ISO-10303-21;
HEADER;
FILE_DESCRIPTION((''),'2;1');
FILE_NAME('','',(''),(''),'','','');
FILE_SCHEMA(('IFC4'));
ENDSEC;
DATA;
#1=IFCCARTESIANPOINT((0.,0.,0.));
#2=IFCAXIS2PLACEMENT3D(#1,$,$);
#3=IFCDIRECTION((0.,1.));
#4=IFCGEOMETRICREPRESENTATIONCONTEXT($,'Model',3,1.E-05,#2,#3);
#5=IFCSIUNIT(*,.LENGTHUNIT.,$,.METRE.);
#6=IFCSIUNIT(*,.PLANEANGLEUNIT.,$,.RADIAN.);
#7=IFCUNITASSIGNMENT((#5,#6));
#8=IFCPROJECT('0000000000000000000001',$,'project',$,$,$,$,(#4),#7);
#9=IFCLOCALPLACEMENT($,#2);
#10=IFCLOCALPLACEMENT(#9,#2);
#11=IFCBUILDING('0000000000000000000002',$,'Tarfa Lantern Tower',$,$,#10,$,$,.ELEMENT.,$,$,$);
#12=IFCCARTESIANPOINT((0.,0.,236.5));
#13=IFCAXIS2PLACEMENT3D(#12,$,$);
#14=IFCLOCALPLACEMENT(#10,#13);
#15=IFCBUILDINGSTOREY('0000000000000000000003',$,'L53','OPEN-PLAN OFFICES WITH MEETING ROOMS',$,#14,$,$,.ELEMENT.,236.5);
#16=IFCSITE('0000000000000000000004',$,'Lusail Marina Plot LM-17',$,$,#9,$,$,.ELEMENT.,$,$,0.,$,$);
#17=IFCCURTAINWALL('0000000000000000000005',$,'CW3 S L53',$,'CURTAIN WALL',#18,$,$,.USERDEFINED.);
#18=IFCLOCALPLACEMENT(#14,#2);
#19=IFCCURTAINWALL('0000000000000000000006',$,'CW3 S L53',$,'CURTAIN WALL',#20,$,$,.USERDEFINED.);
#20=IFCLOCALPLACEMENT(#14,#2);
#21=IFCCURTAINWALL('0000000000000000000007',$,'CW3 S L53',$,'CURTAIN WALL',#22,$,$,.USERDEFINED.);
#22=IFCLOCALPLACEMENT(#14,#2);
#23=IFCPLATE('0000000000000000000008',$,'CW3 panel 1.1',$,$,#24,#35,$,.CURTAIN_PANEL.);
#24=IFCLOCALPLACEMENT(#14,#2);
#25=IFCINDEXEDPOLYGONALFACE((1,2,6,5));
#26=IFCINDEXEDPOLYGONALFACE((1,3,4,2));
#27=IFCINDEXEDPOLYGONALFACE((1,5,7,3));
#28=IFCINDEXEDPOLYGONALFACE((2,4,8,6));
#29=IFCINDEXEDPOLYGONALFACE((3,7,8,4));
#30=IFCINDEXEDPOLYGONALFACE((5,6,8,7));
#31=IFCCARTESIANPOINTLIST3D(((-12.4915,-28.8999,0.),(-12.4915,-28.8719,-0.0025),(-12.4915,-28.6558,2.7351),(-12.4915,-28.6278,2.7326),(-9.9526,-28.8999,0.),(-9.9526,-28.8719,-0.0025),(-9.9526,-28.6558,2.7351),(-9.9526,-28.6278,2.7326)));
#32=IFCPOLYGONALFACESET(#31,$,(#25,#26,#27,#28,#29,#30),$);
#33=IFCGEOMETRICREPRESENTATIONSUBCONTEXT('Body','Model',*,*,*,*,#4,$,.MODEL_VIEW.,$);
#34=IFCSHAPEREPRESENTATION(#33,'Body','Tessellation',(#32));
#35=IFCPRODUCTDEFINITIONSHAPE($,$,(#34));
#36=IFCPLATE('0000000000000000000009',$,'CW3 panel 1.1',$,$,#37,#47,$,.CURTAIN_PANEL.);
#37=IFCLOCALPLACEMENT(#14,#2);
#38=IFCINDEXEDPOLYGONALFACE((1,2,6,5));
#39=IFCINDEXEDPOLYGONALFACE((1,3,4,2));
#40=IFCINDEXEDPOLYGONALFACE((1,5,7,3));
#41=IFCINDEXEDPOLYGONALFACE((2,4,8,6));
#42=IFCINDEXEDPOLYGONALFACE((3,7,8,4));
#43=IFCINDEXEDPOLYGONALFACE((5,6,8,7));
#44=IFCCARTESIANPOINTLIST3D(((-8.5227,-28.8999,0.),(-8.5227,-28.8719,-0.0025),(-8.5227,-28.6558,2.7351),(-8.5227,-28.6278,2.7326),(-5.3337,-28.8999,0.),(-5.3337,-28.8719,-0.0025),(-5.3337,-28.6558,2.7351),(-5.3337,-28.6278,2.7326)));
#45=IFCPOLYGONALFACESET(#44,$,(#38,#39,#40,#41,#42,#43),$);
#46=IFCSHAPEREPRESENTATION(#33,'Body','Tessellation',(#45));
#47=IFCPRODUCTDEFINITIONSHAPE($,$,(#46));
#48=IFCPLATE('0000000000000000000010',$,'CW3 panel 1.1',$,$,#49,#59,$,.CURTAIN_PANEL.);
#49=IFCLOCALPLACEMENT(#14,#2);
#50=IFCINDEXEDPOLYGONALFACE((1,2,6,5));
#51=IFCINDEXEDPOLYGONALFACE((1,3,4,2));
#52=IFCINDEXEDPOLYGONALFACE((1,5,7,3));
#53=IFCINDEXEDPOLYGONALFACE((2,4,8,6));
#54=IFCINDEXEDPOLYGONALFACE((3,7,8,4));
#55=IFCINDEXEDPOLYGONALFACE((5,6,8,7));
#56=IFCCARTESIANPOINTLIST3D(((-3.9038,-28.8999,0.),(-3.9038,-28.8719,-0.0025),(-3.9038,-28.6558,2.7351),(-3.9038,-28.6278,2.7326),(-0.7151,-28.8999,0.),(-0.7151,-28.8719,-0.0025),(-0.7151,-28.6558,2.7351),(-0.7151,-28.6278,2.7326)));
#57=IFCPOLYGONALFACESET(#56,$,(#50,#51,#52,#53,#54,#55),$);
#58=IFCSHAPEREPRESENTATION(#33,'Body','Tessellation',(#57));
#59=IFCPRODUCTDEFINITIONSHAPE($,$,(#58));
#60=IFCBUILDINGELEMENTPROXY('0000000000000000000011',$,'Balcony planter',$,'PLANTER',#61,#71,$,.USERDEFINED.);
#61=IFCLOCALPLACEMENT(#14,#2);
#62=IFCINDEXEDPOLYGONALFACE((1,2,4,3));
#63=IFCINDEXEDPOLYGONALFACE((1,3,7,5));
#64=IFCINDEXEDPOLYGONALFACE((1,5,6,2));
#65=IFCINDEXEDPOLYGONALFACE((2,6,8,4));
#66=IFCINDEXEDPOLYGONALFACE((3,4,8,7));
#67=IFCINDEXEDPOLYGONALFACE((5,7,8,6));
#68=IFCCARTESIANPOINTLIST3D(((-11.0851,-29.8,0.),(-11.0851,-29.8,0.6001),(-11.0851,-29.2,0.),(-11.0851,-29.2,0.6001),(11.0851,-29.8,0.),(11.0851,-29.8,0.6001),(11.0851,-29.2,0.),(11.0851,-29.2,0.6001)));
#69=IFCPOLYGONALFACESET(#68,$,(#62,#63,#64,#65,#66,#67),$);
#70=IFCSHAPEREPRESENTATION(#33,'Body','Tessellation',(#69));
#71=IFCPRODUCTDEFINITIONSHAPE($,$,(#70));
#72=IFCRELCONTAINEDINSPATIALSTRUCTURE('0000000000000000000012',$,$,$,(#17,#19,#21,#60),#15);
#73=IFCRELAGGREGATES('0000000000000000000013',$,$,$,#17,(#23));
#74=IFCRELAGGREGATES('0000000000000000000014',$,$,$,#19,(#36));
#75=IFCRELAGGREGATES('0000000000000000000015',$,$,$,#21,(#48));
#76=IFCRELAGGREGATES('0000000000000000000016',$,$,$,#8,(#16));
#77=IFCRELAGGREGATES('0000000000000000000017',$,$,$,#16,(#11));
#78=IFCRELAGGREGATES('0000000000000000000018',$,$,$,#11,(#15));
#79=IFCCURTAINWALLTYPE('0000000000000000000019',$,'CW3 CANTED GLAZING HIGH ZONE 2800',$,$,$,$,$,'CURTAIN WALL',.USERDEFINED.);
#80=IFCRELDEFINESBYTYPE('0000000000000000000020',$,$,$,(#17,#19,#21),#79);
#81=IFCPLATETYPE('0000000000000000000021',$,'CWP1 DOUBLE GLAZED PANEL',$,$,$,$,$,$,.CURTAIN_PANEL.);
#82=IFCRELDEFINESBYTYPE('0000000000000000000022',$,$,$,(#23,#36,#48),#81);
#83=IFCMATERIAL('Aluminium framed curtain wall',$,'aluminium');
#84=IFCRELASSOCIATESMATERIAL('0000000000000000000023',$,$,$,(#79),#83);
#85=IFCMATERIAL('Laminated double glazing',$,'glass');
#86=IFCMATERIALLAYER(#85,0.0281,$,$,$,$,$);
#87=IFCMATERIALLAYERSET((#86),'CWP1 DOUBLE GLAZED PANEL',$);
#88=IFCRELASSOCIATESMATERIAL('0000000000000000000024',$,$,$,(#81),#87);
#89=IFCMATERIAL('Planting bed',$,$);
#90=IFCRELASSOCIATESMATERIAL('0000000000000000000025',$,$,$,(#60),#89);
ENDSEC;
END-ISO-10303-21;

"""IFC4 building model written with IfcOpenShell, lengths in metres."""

from ifc_helpers import new_model, si_unit, direction, frame, origin, origin_2d, place, context, subcontext, project, spatial, polyline, rectangle, outline, extrude, material, layer, layer_set, type_object, element, aggregate, save


model = new_model("IFC4")

# Units and contexts
model_context = context("Model", 3, precision=1e-05, world=origin(), true_north=direction((0.0, 1.0)))
body_context = subcontext(model_context, "Body", "Model", "MODEL_VIEW")
ifc_project = project(units=[si_unit("LENGTHUNIT", "METRE"), si_unit("PLANEANGLEUNIT", "RADIAN")], contexts=[model_context])

# Site, building, storey
site_placement = place(None, origin())
site = spatial("IfcSite", under=ifc_project, at=site_placement, Name="Lusail Marina Plot LM-17", CompositionType="ELEMENT", RefElevation=0.0)
building_placement = place(site_placement, origin())
building = spatial("IfcBuilding", under=site, at=building_placement, Name="Tarfa Lantern Tower", CompositionType="ELEMENT")
storey_placement = place(building_placement, frame((0.0, 0.0, 236.5)))
storey = spatial("IfcBuildingStorey", under=building, at=storey_placement, Name="L53", Description="OPEN-PLAN OFFICES WITH MEETING ROOMS", CompositionType="ELEMENT", Elevation=236.5)

# Curtain walls
ifc_material_1 = material(Name="Aluminium framed curtain wall", Category="aluminium")
curtain_wall_type = type_object("IfcCurtainWallType", Name="CW3 CANTED GLAZING HIGH ZONE 2800", ElementType="CURTAIN WALL", PredefinedType="USERDEFINED", material=ifc_material_1)
curtain_wall_1_placement = place(storey_placement, origin())
curtain_wall_1 = element("IfcCurtainWall", 1, at=curtain_wall_1_placement, inside=storey, type_object=curtain_wall_type, Name="CW3 S L53", ObjectType="CURTAIN WALL", PredefinedType="USERDEFINED")
curtain_wall_2_placement = place(storey_placement, origin())
curtain_wall_2 = element("IfcCurtainWall", 2, at=curtain_wall_2_placement, inside=storey, type_object=curtain_wall_type, Name="CW3 S L53", ObjectType="CURTAIN WALL", PredefinedType="USERDEFINED")
curtain_wall_3_placement = place(storey_placement, origin())
curtain_wall_3 = element("IfcCurtainWall", 3, at=curtain_wall_3_placement, inside=storey, type_object=curtain_wall_type, Name="CW3 S L53", ObjectType="CURTAIN WALL", PredefinedType="USERDEFINED")

# Plates
ifc_material_2 = material(Name="Laminated double glazing", Category="glass")
ifc_layer = layer(ifc_material_2, 0.0281)
ifc_layer_set = layer_set([ifc_layer], Name="CWP1 DOUBLE GLAZED PANEL")
plate_type = type_object("IfcPlateType", Name="CWP1 DOUBLE GLAZED PANEL", PredefinedType="CURTAIN_PANEL", material=ifc_layer_set)
plate_1_placement = place(storey_placement, frame((-12.4915, -28.8999, 0.0), z_axis=(0.0, -0.99604, 0.088908), x_axis=(1.0, 0.0, 0.0)))
plate_1 = element("IfcPlate", 4, at=plate_1_placement, type_object=plate_type, Name="CW3 panel 1.1", PredefinedType="CURTAIN_PANEL", context=body_context, shape_type="SweptSolid", body=[
    extrude(outline(polyline([(0.0, 0.0), (2.5388, 0.0), (2.5388, 2.746), (0.0, 2.746), (0.0, 0.0)])), origin(), (0.0, 0.0, -1.0), 0.0281),
])
aggregate(curtain_wall_1, [plate_1])
plate_2_placement = place(storey_placement, frame((-8.5227, -28.8999, 0.0), z_axis=(0.0, -0.99604, 0.088908), x_axis=(1.0, 0.0, 0.0)))
plate_2 = element("IfcPlate", 5, at=plate_2_placement, type_object=plate_type, Name="CW3 panel 1.1", PredefinedType="CURTAIN_PANEL", context=body_context, shape_type="SweptSolid", body=[
    extrude(outline(polyline([(0.0, 0.0), (3.189, 0.0), (3.189, 2.746), (0.0, 2.746), (0.0, 0.0)])), origin(), (0.0, 0.0, -1.0), 0.0281),
])
aggregate(curtain_wall_2, [plate_2])
plate_3_placement = place(storey_placement, frame((-3.9038, -28.8999, 0.0), z_axis=(0.0, -0.99604, 0.088908), x_axis=(1.0, 0.0, 0.0)))
plate_3 = element("IfcPlate", 6, at=plate_3_placement, type_object=plate_type, Name="CW3 panel 1.1", PredefinedType="CURTAIN_PANEL", context=body_context, shape_type="SweptSolid", body=[
    extrude(outline(polyline([(0.0, 0.0), (3.1887, 0.0), (3.1887, 2.746), (0.0, 2.746), (0.0, 0.0)])), origin(), (0.0, 0.0, -1.0), 0.0281),
])
aggregate(curtain_wall_3, [plate_3])

# Building element proxy
ifc_material_3 = material(Name="Planting bed")
proxy_placement = place(storey_placement, frame((0.0, -29.5, 0.0), z_axis=(0.0, 0.0, 1.0), x_axis=(1.0, 0.0, 0.0)))
element("IfcBuildingElementProxy", 7, at=proxy_placement, inside=storey, material=ifc_material_3, Name="Balcony planter", ObjectType="PLANTER", PredefinedType="USERDEFINED", context=body_context, shape_type="SweptSolid", body=[
    extrude(rectangle(XDim=22.1702, YDim=0.6001, at=origin_2d()), origin(), (0.0, 0.0, 1.0), 0.6001),
])

save(model, "model.ifc")
